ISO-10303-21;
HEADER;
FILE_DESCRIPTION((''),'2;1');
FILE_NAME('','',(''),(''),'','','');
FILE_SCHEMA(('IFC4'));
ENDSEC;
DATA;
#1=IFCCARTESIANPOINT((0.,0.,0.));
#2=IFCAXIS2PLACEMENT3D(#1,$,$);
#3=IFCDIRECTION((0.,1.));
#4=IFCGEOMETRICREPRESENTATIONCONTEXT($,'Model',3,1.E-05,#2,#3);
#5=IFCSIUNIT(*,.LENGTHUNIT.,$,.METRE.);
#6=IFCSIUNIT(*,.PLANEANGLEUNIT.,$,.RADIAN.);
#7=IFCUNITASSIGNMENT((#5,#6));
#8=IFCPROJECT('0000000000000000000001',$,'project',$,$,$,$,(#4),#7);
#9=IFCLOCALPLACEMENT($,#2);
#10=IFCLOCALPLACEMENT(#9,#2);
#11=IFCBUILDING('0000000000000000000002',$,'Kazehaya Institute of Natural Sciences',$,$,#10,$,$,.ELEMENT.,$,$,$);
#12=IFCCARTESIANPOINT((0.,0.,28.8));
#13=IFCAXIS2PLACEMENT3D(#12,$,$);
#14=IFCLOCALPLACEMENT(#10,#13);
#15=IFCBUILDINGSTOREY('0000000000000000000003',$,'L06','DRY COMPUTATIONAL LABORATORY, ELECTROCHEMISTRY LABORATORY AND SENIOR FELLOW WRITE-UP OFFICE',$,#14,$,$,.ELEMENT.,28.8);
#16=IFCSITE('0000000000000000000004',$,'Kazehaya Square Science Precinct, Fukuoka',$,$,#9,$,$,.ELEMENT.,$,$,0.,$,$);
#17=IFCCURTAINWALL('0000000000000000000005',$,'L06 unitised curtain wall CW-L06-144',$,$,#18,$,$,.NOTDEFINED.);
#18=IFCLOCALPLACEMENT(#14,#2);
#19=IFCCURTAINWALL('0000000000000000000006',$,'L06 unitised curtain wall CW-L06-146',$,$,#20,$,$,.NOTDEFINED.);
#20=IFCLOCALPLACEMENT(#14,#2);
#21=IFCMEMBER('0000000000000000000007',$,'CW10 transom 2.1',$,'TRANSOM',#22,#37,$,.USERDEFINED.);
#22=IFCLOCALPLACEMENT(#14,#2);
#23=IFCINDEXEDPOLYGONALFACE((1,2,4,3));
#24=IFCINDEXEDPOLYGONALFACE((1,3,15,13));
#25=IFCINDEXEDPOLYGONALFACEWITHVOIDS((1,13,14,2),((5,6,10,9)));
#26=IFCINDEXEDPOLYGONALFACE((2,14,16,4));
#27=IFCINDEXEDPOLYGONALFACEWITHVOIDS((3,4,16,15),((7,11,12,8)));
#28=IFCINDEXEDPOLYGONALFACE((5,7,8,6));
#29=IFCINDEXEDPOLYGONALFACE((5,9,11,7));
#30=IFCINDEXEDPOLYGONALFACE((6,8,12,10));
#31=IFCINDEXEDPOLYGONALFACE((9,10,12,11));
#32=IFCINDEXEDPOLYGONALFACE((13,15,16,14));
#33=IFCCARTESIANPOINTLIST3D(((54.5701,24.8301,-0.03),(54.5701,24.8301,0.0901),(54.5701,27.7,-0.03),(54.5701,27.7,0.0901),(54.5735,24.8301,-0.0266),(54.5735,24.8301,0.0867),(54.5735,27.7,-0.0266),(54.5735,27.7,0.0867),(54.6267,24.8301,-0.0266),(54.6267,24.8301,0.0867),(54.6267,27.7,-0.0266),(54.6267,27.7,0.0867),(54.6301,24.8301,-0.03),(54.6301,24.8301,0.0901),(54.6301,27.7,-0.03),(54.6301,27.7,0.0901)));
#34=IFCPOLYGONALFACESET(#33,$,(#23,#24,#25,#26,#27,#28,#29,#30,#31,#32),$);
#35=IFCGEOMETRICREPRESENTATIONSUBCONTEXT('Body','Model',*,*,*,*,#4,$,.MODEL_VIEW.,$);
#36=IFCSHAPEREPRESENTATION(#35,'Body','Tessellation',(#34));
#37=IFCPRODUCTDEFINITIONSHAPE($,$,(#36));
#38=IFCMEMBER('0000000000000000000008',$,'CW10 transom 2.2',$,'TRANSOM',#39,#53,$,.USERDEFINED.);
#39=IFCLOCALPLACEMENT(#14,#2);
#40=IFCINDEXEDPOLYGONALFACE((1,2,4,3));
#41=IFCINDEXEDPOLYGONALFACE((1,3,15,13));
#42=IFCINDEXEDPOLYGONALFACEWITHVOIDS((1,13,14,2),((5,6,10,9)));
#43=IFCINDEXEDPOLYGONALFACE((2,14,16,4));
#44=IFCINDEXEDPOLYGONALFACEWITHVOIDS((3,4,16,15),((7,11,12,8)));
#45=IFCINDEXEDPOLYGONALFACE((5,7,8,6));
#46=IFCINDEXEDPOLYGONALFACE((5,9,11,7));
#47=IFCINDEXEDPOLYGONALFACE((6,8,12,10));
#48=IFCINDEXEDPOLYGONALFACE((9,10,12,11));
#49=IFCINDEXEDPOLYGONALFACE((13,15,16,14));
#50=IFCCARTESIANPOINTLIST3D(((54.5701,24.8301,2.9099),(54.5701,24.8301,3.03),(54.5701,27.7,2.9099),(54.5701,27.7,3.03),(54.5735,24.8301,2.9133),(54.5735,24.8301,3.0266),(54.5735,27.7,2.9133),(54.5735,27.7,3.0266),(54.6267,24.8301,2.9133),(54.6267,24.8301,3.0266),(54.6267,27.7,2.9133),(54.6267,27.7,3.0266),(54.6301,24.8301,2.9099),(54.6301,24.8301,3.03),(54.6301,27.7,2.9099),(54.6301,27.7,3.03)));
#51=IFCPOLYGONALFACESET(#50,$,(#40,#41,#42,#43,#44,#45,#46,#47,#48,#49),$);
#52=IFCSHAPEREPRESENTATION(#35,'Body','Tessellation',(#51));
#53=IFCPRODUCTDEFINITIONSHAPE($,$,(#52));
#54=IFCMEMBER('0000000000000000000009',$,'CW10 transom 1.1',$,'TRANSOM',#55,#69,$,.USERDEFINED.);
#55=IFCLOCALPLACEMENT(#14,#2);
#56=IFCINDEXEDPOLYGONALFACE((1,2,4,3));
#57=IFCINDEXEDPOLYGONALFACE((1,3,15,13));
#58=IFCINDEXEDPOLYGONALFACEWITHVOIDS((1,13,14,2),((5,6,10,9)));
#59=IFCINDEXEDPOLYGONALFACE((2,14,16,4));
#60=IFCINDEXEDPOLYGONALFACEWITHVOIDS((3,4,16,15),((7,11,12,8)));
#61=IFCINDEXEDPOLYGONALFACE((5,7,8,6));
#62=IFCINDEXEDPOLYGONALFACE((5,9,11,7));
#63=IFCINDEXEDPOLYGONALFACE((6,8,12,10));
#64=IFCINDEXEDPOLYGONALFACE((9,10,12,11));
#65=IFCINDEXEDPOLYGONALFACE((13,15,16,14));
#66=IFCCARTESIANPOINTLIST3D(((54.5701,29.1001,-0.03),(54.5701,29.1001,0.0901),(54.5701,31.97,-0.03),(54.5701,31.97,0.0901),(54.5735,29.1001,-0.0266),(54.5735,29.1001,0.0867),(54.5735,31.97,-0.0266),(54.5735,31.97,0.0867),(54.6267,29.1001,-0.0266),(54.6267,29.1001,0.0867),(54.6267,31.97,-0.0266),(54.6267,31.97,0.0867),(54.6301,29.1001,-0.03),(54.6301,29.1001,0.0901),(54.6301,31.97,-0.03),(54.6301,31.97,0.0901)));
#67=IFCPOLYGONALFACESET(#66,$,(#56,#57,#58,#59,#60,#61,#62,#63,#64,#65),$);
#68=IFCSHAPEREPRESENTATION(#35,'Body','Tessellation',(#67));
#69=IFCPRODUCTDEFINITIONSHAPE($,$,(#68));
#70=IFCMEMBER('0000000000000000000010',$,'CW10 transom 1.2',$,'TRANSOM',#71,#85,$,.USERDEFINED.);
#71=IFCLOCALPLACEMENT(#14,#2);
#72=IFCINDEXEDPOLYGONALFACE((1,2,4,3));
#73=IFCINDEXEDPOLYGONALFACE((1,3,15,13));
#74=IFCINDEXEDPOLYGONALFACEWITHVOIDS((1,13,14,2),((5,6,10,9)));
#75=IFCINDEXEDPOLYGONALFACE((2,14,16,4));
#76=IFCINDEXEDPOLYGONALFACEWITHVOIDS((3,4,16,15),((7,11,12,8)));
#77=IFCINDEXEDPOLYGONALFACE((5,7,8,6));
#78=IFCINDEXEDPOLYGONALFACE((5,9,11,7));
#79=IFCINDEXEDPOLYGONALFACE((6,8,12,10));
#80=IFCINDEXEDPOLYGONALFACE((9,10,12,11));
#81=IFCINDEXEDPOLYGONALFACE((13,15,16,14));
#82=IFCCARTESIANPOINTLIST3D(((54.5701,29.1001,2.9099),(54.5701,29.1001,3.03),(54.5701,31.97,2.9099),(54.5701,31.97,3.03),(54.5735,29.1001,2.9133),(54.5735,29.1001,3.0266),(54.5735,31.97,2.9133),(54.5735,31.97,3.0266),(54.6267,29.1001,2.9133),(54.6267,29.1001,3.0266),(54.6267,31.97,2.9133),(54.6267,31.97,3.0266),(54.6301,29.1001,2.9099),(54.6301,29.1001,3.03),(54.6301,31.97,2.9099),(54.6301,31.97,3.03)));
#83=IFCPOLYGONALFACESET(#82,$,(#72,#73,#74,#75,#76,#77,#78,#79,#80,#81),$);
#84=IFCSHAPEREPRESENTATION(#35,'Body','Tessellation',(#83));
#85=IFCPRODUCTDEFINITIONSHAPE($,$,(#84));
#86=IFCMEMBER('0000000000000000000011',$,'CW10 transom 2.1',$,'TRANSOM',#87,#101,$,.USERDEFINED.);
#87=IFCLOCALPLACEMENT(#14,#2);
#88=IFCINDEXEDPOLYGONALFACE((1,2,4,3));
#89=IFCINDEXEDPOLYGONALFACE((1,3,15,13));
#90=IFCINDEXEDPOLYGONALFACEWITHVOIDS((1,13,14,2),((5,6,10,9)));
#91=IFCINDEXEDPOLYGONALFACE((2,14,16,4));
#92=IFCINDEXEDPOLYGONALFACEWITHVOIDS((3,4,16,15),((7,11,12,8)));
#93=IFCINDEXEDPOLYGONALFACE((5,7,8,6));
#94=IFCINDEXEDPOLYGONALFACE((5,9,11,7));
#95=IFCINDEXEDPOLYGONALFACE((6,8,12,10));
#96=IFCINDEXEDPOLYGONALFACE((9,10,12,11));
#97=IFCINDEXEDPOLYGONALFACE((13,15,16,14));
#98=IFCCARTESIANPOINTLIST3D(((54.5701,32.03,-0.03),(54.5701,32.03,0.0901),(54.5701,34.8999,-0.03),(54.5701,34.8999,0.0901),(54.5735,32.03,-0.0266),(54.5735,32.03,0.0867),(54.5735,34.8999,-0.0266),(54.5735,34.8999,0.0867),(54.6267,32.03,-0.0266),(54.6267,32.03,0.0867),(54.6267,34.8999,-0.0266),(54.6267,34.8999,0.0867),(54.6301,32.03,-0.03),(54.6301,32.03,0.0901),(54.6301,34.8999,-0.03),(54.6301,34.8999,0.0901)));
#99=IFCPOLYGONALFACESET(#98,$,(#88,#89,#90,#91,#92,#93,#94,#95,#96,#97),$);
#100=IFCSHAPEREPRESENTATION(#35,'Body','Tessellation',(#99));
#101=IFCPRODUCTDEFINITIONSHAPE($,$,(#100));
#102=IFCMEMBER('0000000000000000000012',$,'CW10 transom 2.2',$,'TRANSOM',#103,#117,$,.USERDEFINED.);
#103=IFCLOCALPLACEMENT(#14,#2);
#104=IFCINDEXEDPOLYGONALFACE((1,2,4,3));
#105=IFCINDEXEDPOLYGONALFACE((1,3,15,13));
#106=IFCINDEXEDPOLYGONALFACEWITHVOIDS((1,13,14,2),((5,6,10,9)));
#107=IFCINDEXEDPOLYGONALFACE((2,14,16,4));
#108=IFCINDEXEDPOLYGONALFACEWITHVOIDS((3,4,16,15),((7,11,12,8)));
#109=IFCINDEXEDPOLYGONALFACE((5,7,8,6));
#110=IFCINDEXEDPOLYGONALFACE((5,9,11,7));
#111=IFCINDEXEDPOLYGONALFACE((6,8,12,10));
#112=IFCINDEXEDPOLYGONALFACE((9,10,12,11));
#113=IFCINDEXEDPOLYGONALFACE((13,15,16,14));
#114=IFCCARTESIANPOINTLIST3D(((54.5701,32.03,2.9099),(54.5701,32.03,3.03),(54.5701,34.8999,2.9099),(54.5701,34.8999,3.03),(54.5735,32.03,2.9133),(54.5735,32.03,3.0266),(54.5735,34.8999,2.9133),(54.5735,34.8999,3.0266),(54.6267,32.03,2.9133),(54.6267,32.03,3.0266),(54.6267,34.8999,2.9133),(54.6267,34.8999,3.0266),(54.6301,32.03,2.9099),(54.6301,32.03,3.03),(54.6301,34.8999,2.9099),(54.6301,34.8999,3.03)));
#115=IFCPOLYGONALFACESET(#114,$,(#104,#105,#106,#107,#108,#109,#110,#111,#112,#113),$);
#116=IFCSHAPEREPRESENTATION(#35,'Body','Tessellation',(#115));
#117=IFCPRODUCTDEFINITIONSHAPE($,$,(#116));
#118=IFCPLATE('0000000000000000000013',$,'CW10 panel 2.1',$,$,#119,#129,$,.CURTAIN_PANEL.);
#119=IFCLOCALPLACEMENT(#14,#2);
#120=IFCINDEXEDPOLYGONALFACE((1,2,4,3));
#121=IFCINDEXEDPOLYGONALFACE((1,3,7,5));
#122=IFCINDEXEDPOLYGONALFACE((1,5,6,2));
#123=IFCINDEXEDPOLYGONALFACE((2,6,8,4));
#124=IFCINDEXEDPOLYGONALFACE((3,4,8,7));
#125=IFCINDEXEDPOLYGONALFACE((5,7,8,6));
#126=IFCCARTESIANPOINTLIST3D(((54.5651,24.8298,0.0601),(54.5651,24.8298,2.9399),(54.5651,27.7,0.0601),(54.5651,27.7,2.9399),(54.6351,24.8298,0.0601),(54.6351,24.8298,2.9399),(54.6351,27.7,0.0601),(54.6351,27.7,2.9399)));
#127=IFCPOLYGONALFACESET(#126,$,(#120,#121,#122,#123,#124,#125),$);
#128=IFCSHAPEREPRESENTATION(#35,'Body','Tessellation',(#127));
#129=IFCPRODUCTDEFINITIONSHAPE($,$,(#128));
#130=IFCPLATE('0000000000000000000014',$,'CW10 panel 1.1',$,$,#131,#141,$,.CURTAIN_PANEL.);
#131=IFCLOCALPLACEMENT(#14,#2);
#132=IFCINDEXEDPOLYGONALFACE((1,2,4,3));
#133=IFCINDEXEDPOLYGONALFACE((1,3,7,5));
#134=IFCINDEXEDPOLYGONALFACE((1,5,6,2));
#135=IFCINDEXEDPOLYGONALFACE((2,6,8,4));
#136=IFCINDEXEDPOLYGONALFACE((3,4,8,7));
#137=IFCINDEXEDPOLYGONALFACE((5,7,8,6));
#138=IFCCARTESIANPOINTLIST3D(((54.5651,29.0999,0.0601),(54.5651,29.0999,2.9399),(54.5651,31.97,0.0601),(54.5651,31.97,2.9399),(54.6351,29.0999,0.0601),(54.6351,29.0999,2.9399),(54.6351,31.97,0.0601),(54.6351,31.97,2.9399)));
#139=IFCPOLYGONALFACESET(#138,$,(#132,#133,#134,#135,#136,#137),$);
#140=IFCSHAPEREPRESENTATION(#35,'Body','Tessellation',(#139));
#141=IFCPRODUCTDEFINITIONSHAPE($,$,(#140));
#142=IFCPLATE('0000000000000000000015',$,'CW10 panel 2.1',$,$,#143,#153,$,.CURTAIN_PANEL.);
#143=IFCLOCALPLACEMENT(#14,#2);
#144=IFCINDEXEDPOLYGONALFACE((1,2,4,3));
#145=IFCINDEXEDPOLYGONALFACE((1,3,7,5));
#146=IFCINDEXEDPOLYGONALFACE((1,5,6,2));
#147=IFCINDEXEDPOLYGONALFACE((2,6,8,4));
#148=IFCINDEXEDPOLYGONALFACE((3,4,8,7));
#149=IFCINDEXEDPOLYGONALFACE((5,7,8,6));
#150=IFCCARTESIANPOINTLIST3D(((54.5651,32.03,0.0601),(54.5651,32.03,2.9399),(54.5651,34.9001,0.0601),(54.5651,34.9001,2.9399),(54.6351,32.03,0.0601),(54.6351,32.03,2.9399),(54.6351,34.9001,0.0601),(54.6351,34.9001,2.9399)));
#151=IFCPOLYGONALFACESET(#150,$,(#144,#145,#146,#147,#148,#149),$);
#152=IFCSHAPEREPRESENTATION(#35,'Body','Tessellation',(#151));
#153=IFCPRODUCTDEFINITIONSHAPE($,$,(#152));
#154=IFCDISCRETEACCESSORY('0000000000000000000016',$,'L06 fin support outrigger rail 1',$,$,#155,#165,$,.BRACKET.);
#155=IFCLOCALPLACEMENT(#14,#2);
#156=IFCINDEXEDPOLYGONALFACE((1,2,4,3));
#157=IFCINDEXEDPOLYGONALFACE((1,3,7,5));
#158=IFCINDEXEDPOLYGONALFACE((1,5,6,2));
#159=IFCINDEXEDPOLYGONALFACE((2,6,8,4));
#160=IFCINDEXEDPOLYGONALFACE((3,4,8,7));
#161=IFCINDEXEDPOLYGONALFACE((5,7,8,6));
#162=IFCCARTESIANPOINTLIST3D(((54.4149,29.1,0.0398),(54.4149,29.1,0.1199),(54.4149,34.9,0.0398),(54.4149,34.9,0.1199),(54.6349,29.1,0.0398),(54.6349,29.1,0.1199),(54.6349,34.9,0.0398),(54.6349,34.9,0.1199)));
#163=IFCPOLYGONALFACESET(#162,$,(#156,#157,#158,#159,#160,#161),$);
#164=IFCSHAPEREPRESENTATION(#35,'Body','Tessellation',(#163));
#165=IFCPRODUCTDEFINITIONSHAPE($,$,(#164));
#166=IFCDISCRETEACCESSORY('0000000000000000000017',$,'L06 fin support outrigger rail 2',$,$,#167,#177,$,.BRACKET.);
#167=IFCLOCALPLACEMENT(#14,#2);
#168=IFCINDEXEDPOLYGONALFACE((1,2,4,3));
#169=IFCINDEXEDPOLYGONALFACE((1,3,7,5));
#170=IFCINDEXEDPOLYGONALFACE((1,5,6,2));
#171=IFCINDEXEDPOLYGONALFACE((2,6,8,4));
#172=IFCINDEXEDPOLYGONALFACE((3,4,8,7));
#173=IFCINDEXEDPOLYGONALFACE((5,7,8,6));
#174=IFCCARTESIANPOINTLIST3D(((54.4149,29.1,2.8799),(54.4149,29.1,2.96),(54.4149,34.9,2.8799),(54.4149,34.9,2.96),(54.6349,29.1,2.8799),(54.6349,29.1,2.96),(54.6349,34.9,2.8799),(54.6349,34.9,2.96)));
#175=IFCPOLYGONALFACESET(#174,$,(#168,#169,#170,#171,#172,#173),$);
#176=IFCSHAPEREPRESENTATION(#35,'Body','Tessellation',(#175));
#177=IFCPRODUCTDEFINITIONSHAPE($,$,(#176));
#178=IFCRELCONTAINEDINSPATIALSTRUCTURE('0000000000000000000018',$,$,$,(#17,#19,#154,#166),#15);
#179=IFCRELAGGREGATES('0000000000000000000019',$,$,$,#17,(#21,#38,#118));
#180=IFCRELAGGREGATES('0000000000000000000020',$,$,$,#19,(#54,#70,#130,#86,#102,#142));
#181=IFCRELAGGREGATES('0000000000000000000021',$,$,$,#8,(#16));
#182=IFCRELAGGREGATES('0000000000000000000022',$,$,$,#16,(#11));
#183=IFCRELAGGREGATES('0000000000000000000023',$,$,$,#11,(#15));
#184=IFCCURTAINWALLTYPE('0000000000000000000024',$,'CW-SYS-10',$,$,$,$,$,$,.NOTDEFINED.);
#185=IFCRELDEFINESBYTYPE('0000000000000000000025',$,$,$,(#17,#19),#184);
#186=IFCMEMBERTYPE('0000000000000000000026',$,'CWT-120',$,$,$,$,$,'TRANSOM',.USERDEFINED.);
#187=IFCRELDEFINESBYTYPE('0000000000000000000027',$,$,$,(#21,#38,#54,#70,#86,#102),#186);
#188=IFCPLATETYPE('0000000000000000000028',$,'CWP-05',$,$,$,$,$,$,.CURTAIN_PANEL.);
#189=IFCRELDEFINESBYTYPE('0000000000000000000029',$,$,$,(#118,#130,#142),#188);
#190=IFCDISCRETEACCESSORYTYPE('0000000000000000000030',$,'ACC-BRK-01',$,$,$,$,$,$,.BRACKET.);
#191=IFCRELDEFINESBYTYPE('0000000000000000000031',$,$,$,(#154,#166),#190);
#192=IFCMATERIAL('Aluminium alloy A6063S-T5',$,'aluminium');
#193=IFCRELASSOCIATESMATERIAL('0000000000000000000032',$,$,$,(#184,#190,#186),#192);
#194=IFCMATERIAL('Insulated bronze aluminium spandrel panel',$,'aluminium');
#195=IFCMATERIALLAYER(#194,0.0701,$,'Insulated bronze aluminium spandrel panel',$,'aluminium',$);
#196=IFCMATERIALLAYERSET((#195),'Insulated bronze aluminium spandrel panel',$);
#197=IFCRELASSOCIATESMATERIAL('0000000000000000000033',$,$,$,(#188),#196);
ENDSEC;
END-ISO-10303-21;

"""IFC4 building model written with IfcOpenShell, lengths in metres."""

from ifc_helpers import new_model, si_unit, direction, frame, origin, origin_2d, place, context, subcontext, project, spatial, rectangle, hollow_rectangle, extrude, material, layer, layer_set, material_profile, profile_set, type_object, element, aggregate, save


model = new_model("IFC4")

# Units and contexts
model_context = context("Model", 3, precision=1e-05, world=origin(), true_north=direction((0.0, 1.0)))
body_context = subcontext(model_context, "Body", "Model", "MODEL_VIEW")
ifc_project = project(units=[si_unit("LENGTHUNIT", "METRE"), si_unit("PLANEANGLEUNIT", "RADIAN")], contexts=[model_context])

# Site, building, storey
site_placement = place(None, origin())
site = spatial("IfcSite", under=ifc_project, at=site_placement, Name="Kazehaya Square Science Precinct, Fukuoka", CompositionType="ELEMENT", RefElevation=0.0)
building_placement = place(site_placement, origin())
building = spatial("IfcBuilding", under=site, at=building_placement, Name="Kazehaya Institute of Natural Sciences", CompositionType="ELEMENT")
storey_placement = place(building_placement, frame((0.0, 0.0, 28.8)))
storey = spatial("IfcBuildingStorey", under=building, at=storey_placement, Name="L06", Description="DRY COMPUTATIONAL LABORATORY, ELECTROCHEMISTRY LABORATORY AND SENIOR FELLOW WRITE-UP OFFICE", CompositionType="ELEMENT", Elevation=28.8)

# Shared definitions
ifc_material_1 = material(Name="Aluminium alloy A6063S-T5", Category="aluminium")

# Curtain walls
curtain_wall_type_1 = type_object("IfcCurtainWallType", Name="CW-SYS-10", PredefinedType="NOTDEFINED", material=ifc_material_1)
curtain_wall_1_placement = place(storey_placement, origin())
curtain_wall_1 = element("IfcCurtainWall", 1, at=curtain_wall_1_placement, inside=storey, type_object=curtain_wall_type_1, Name="L06 unitised curtain wall CW-L06-144", PredefinedType="NOTDEFINED")
curtain_wall_2_placement = place(storey_placement, origin())
curtain_wall_2 = element("IfcCurtainWall", 2, at=curtain_wall_2_placement, inside=storey, type_object=curtain_wall_type_1, Name="L06 unitised curtain wall CW-L06-146", PredefinedType="NOTDEFINED")

# Members
ifc_material_profile_1 = material_profile(ifc_material_1, hollow_rectangle(XDim=0.0601, YDim=0.1201, WallThickness=0.0034, at=origin_2d()), Name="ALU-60x120x3.5")
ifc_profile_set_1 = profile_set([ifc_material_profile_1], Name="Aluminium alloy A6063S-T5")
member_type_1 = type_object("IfcMemberType", Name="CWT-120", ElementType="TRANSOM", PredefinedType="USERDEFINED", material=ifc_profile_set_1)
member_1_placement = place(storey_placement, frame((54.6001, 24.8301, 0.03), z_axis=(0.0, 1.0, 0.0), x_axis=(-1.0, 0.0, 0.0)))
member_1 = element("IfcMember", 3, at=member_1_placement, type_object=member_type_1, Name="CW10 transom 2.1", ObjectType="TRANSOM", PredefinedType="USERDEFINED", context=body_context, shape_type="SweptSolid", body=[
    extrude(hollow_rectangle(XDim=0.0601, YDim=0.1201, WallThickness=0.0034, at=origin_2d()), origin(), (0.0, 0.0, 1.0), 2.8699),
])
member_2_placement = place(storey_placement, frame((54.6001, 24.8301, 2.97), z_axis=(0.0, 1.0, 0.0), x_axis=(-1.0, 0.0, 0.0)))
member_2 = element("IfcMember", 4, at=member_2_placement, type_object=member_type_1, Name="CW10 transom 2.2", ObjectType="TRANSOM", PredefinedType="USERDEFINED", context=body_context, shape_type="SweptSolid", body=[
    extrude(hollow_rectangle(XDim=0.0601, YDim=0.1201, WallThickness=0.0034, at=origin_2d()), origin(), (0.0, 0.0, 1.0), 2.8699),
])
member_3_placement = place(storey_placement, frame((54.6001, 29.1001, 0.03), z_axis=(0.0, 1.0, 0.0), x_axis=(-1.0, 0.0, 0.0)))
member_3 = element("IfcMember", 5, at=member_3_placement, type_object=member_type_1, Name="CW10 transom 1.1", ObjectType="TRANSOM", PredefinedType="USERDEFINED", context=body_context, shape_type="SweptSolid", body=[
    extrude(hollow_rectangle(XDim=0.0601, YDim=0.1201, WallThickness=0.0034, at=origin_2d()), origin(), (0.0, 0.0, 1.0), 2.8699),
])
member_4_placement = place(storey_placement, frame((54.6001, 29.1001, 2.97), z_axis=(0.0, 1.0, 0.0), x_axis=(-1.0, 0.0, 0.0)))
member_4 = element("IfcMember", 6, at=member_4_placement, type_object=member_type_1, Name="CW10 transom 1.2", ObjectType="TRANSOM", PredefinedType="USERDEFINED", context=body_context, shape_type="SweptSolid", body=[
    extrude(hollow_rectangle(XDim=0.0601, YDim=0.1201, WallThickness=0.0034, at=origin_2d()), origin(), (0.0, 0.0, 1.0), 2.8699),
])
member_5_placement = place(storey_placement, frame((54.6001, 32.03, 0.03), z_axis=(0.0, 1.0, 0.0), x_axis=(-1.0, 0.0, 0.0)))
member_5 = element("IfcMember", 7, at=member_5_placement, type_object=member_type_1, Name="CW10 transom 2.1", ObjectType="TRANSOM", PredefinedType="USERDEFINED", context=body_context, shape_type="SweptSolid", body=[
    extrude(hollow_rectangle(XDim=0.0601, YDim=0.1201, WallThickness=0.0034, at=origin_2d()), origin(), (0.0, 0.0, 1.0), 2.8699),
])
member_6_placement = place(storey_placement, frame((54.6001, 32.03, 2.97), z_axis=(0.0, 1.0, 0.0), x_axis=(-1.0, 0.0, 0.0)))
member_6 = element("IfcMember", 8, at=member_6_placement, type_object=member_type_1, Name="CW10 transom 2.2", ObjectType="TRANSOM", PredefinedType="USERDEFINED", context=body_context, shape_type="SweptSolid", body=[
    extrude(hollow_rectangle(XDim=0.0601, YDim=0.1201, WallThickness=0.0034, at=origin_2d()), origin(), (0.0, 0.0, 1.0), 2.8699),
])

# Plates
ifc_material_2 = material(Name="Insulated bronze aluminium spandrel panel", Category="aluminium")
ifc_layer = layer(ifc_material_2, 0.0701, Name="Insulated bronze aluminium spandrel panel", Category="aluminium")
ifc_layer_set = layer_set([ifc_layer], Name="Insulated bronze aluminium spandrel panel")
plate_type = type_object("IfcPlateType", Name="CWP-05", PredefinedType="CURTAIN_PANEL", material=ifc_layer_set)
plate_1_placement = place(storey_placement, frame((54.6001, 26.2649, 0.0601), z_axis=(0.0, 0.0, 1.0), x_axis=(0.0, 1.0, 0.0)))
plate_1 = element("IfcPlate", 9, at=plate_1_placement, type_object=plate_type, Name="CW10 panel 2.1", PredefinedType="CURTAIN_PANEL", context=body_context, shape_type="SweptSolid", body=[
    extrude(rectangle(XDim=2.8701, YDim=0.0701, at=origin_2d()), origin(), (0.0, 0.0, 1.0), 2.8799),
])
aggregate(curtain_wall_1, [member_1, member_2, plate_1])
plate_2_placement = place(storey_placement, frame((54.6001, 30.5349, 0.0601), z_axis=(0.0, 0.0, 1.0), x_axis=(0.0, 1.0, 0.0)))
plate_2 = element("IfcPlate", 10, at=plate_2_placement, type_object=plate_type, Name="CW10 panel 1.1", PredefinedType="CURTAIN_PANEL", context=body_context, shape_type="SweptSolid", body=[
    extrude(rectangle(XDim=2.8701, YDim=0.0701, at=origin_2d()), origin(), (0.0, 0.0, 1.0), 2.8799),
])
plate_3_placement = place(storey_placement, frame((54.6001, 33.4651, 0.0601), z_axis=(0.0, 0.0, 1.0), x_axis=(0.0, 1.0, 0.0)))
plate_3 = element("IfcPlate", 11, at=plate_3_placement, type_object=plate_type, Name="CW10 panel 2.1", PredefinedType="CURTAIN_PANEL", context=body_context, shape_type="SweptSolid", body=[
    extrude(rectangle(XDim=2.8701, YDim=0.0701, at=origin_2d()), origin(), (0.0, 0.0, 1.0), 2.8799),
])
aggregate(curtain_wall_2, [member_3, member_4, plate_2, member_5, member_6, plate_3])

# Discrete accessories
discrete_accessory_type = type_object("IfcDiscreteAccessoryType", Name="ACC-BRK-01", PredefinedType="BRACKET", material=ifc_material_1)
for number, where, z_axis, x_axis, name in (
    (12, (54.5249, 32.0, 0.0398), (0.0, 0.0, 1.0), (0.0, 1.0, 0.0), "L06 fin support outrigger rail 1"),
    (13, (54.5249, 32.0, 2.8799), (0.0, 0.0, 1.0), (0.0, 1.0, 0.0), "L06 fin support outrigger rail 2"),
):
    element("IfcDiscreteAccessory", number, at=place(storey_placement, frame(where, z_axis=z_axis, x_axis=x_axis)), inside=storey, type_object=discrete_accessory_type, Name=name, PredefinedType="BRACKET", context=body_context, shape_type="SweptSolid", body=[
        extrude(rectangle(XDim=5.8, YDim=0.22, at=origin_2d()), origin(), (0.0, 0.0, 1.0), 0.0801),
    ])

save(model, "model.ifc")
